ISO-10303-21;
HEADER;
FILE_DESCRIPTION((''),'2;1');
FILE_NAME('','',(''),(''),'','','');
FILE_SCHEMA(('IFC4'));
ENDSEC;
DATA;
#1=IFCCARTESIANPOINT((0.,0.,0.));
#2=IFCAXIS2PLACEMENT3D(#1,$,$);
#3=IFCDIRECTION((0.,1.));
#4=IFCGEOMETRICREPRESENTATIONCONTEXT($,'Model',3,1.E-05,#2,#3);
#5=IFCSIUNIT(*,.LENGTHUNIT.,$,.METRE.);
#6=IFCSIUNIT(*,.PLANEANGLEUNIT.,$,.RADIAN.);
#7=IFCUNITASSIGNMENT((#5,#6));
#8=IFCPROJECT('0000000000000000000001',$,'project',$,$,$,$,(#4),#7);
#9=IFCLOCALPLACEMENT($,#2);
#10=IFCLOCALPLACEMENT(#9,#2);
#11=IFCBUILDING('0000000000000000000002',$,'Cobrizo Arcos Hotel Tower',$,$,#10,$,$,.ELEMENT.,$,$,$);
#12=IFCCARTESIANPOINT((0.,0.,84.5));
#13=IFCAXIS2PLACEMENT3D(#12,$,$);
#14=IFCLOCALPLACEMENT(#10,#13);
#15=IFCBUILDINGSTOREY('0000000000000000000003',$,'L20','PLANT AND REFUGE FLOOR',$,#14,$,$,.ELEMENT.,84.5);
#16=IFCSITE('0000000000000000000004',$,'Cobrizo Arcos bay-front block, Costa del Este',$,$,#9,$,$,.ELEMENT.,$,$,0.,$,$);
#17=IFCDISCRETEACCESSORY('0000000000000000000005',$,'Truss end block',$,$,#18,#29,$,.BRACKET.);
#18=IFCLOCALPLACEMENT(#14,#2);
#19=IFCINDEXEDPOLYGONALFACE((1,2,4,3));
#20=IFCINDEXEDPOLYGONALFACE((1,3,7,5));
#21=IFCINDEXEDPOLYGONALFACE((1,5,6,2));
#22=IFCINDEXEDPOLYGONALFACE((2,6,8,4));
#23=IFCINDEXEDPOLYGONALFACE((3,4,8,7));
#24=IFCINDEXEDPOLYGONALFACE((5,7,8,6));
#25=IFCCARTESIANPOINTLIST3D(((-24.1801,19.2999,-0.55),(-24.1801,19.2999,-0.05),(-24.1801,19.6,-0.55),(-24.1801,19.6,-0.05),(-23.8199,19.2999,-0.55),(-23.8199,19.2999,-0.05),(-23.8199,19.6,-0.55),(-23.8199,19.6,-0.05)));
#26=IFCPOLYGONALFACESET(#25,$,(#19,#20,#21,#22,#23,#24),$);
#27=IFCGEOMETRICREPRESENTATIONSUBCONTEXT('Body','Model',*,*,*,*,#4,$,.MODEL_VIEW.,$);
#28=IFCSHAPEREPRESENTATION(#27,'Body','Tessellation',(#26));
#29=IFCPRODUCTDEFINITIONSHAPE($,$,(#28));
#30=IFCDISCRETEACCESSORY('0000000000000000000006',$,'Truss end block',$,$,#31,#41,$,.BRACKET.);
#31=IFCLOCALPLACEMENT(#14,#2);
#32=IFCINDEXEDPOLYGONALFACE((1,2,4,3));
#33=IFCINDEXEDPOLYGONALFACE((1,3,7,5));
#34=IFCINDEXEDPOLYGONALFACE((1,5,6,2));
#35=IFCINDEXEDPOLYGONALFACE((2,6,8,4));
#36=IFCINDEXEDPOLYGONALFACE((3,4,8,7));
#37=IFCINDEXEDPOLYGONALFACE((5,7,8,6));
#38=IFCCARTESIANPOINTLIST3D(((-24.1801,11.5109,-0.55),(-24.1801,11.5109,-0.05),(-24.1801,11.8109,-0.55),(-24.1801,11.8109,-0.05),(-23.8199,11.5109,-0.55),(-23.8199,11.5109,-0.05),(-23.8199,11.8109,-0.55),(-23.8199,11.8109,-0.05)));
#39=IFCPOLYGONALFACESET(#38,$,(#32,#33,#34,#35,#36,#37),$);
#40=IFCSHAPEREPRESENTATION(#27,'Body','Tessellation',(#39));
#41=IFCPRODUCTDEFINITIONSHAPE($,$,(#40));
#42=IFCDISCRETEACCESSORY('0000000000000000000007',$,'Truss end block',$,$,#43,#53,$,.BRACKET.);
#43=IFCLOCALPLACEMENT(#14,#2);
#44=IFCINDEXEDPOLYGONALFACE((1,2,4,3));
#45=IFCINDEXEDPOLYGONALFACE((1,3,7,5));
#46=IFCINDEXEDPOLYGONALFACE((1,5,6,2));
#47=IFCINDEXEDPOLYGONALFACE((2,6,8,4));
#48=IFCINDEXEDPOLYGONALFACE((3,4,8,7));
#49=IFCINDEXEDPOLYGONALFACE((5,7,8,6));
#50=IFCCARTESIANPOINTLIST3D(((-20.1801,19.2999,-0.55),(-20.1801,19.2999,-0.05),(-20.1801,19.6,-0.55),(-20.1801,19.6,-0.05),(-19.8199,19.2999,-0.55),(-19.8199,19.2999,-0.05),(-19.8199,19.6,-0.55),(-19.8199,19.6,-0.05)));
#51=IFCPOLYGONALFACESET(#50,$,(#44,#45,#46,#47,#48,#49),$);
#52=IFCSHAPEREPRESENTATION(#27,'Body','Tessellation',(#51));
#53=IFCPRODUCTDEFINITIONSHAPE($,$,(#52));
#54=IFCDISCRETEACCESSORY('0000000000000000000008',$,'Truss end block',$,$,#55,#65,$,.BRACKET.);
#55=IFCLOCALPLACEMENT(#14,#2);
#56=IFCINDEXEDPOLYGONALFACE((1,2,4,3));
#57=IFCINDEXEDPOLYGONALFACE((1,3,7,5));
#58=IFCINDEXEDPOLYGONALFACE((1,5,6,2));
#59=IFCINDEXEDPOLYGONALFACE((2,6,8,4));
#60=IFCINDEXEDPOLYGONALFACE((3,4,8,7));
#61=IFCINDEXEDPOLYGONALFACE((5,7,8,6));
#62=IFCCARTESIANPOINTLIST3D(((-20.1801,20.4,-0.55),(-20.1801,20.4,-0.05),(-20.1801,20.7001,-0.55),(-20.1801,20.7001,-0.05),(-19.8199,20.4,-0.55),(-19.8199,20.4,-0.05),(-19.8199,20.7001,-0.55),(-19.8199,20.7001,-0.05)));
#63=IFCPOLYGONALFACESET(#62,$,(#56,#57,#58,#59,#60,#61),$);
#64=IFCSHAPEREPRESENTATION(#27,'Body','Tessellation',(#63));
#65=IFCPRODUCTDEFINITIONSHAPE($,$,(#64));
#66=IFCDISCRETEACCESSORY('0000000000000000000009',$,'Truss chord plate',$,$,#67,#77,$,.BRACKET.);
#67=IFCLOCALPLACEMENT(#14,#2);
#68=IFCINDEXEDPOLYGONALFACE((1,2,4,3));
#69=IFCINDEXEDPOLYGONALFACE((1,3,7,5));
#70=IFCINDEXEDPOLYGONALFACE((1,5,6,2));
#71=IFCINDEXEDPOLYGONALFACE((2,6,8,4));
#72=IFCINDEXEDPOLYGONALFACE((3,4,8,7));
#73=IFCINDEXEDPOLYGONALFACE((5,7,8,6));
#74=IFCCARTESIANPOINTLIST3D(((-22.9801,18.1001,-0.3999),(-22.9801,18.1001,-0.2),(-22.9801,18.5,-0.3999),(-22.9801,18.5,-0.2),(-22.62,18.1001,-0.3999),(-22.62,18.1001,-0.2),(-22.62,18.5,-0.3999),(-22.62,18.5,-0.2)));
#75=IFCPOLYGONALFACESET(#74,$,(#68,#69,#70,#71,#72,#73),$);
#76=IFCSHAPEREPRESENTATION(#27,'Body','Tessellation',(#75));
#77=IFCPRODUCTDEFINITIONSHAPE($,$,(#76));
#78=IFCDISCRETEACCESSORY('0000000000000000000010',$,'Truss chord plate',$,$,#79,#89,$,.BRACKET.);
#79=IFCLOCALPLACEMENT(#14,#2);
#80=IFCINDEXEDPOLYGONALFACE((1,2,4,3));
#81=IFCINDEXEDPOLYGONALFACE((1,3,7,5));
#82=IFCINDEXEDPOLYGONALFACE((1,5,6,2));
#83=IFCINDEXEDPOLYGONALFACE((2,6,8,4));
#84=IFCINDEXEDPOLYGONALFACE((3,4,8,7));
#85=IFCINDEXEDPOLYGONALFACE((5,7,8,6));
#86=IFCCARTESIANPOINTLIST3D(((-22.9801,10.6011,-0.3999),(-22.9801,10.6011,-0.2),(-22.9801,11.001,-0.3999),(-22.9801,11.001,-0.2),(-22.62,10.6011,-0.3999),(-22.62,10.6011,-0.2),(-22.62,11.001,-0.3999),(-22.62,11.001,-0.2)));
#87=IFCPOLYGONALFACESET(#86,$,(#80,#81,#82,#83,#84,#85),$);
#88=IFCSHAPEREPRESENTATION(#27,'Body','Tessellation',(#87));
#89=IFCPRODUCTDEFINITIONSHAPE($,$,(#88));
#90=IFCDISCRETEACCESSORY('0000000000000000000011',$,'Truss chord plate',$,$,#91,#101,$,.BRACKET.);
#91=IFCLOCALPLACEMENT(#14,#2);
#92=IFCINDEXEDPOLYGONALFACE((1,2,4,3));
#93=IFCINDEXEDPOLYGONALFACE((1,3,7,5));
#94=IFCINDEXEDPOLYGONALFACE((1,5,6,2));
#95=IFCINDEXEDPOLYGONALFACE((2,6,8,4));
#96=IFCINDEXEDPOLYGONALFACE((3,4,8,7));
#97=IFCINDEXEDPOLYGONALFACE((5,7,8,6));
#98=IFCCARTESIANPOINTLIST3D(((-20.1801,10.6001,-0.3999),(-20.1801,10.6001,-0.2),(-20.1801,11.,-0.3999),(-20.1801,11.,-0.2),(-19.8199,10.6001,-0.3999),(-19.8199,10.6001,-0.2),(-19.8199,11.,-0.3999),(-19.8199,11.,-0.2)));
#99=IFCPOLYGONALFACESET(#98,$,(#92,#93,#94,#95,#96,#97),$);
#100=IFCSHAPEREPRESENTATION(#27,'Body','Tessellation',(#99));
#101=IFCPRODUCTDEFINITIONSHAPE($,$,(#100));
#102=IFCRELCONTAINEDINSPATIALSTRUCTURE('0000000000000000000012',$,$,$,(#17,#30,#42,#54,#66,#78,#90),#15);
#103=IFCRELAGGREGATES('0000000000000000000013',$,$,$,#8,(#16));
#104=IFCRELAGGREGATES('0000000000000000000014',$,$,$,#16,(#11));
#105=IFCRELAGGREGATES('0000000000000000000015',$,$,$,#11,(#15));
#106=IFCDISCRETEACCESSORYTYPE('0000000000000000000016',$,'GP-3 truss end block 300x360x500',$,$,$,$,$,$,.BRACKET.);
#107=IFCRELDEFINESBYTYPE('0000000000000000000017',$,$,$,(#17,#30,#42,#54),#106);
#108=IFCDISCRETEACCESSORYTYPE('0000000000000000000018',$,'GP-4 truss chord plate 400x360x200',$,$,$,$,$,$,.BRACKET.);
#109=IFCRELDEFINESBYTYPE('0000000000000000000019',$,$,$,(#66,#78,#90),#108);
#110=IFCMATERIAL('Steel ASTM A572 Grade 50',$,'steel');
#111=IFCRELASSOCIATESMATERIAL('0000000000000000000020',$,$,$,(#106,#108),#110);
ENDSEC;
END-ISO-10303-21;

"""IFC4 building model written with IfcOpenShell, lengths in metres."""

from ifc_helpers import new_model, si_unit, direction, frame, origin, origin_2d, place, context, subcontext, project, spatial, rectangle, extrude, material, type_object, element, save


model = new_model("IFC4")

# Units and contexts
model_context = context("Model", 3, precision=1e-05, world=origin(), true_north=direction((0.0, 1.0)))
body_context = subcontext(model_context, "Body", "Model", "MODEL_VIEW")
ifc_project = project(units=[si_unit("LENGTHUNIT", "METRE"), si_unit("PLANEANGLEUNIT", "RADIAN")], contexts=[model_context])

# Site, building, storey
site_placement = place(None, origin())
site = spatial("IfcSite", under=ifc_project, at=site_placement, Name="Cobrizo Arcos bay-front block, Costa del Este", CompositionType="ELEMENT", RefElevation=0.0)
building_placement = place(site_placement, origin())
building = spatial("IfcBuilding", under=site, at=building_placement, Name="Cobrizo Arcos Hotel Tower", CompositionType="ELEMENT")
storey_placement = place(building_placement, frame((0.0, 0.0, 84.5)))
storey = spatial("IfcBuildingStorey", under=building, at=storey_placement, Name="L20", Description="PLANT AND REFUGE FLOOR", CompositionType="ELEMENT", Elevation=84.5)

# Discrete accessories
ifc_material_1 = material(Name="Steel ASTM A572 Grade 50", Category="steel")
discrete_accessory_type_1 = type_object("IfcDiscreteAccessoryType", Name="GP-3 truss end block 300x360x500", PredefinedType="BRACKET", material=ifc_material_1)
for number, where, z_axis, x_axis, name in (
    (1, (-24.0, 19.45, -0.55), (0.0, 0.0, 1.0), (0.0, -1.0, 0.0), "Truss end block"),
    (2, (-24.0, 11.6609, -0.55), (0.0, 0.0, 1.0), (0.0, 1.0, 0.0), "Truss end block"),
    (3, (-20.0, 19.45, -0.55), (0.0, 0.0, 1.0), (0.0, -1.0, 0.0), "Truss end block"),
    (4, (-20.0, 20.55, -0.55), (0.0, 0.0, 1.0), (0.0, 1.0, 0.0), "Truss end block"),
):
    element("IfcDiscreteAccessory", number, at=place(storey_placement, frame(where, z_axis=z_axis, x_axis=x_axis)), inside=storey, type_object=discrete_accessory_type_1, Name=name, PredefinedType="BRACKET", context=body_context, shape_type="SweptSolid", body=[
        extrude(rectangle(XDim=0.3, YDim=0.3601, at=origin_2d()), origin(), (0.0, 0.0, 1.0), 0.5),
    ])
discrete_accessory_type_2 = type_object("IfcDiscreteAccessoryType", Name="GP-4 truss chord plate 400x360x200", PredefinedType="BRACKET", material=ifc_material_1)
for number, where, z_axis, x_axis, name in (
    (5, (-22.8, 18.3, -0.3999), (0.0, 0.0, 1.0), (0.0, -1.0, 0.0), "Truss chord plate"),
    (6, (-22.8, 10.801, -0.3999), (0.0, 0.0, 1.0), (0.0, -1.0, 0.0), "Truss chord plate"),
    (7, (-20.0, 10.8, -0.3999), (0.0, 0.0, 1.0), (0.0, 1.0, 0.0), "Truss chord plate"),
):
    element("IfcDiscreteAccessory", number, at=place(storey_placement, frame(where, z_axis=z_axis, x_axis=x_axis)), inside=storey, type_object=discrete_accessory_type_2, Name=name, PredefinedType="BRACKET", context=body_context, shape_type="SweptSolid", body=[
        extrude(rectangle(XDim=0.3999, YDim=0.3601, at=origin_2d()), origin(), (0.0, 0.0, 1.0), 0.2),
    ])

save(model, "model.ifc")
